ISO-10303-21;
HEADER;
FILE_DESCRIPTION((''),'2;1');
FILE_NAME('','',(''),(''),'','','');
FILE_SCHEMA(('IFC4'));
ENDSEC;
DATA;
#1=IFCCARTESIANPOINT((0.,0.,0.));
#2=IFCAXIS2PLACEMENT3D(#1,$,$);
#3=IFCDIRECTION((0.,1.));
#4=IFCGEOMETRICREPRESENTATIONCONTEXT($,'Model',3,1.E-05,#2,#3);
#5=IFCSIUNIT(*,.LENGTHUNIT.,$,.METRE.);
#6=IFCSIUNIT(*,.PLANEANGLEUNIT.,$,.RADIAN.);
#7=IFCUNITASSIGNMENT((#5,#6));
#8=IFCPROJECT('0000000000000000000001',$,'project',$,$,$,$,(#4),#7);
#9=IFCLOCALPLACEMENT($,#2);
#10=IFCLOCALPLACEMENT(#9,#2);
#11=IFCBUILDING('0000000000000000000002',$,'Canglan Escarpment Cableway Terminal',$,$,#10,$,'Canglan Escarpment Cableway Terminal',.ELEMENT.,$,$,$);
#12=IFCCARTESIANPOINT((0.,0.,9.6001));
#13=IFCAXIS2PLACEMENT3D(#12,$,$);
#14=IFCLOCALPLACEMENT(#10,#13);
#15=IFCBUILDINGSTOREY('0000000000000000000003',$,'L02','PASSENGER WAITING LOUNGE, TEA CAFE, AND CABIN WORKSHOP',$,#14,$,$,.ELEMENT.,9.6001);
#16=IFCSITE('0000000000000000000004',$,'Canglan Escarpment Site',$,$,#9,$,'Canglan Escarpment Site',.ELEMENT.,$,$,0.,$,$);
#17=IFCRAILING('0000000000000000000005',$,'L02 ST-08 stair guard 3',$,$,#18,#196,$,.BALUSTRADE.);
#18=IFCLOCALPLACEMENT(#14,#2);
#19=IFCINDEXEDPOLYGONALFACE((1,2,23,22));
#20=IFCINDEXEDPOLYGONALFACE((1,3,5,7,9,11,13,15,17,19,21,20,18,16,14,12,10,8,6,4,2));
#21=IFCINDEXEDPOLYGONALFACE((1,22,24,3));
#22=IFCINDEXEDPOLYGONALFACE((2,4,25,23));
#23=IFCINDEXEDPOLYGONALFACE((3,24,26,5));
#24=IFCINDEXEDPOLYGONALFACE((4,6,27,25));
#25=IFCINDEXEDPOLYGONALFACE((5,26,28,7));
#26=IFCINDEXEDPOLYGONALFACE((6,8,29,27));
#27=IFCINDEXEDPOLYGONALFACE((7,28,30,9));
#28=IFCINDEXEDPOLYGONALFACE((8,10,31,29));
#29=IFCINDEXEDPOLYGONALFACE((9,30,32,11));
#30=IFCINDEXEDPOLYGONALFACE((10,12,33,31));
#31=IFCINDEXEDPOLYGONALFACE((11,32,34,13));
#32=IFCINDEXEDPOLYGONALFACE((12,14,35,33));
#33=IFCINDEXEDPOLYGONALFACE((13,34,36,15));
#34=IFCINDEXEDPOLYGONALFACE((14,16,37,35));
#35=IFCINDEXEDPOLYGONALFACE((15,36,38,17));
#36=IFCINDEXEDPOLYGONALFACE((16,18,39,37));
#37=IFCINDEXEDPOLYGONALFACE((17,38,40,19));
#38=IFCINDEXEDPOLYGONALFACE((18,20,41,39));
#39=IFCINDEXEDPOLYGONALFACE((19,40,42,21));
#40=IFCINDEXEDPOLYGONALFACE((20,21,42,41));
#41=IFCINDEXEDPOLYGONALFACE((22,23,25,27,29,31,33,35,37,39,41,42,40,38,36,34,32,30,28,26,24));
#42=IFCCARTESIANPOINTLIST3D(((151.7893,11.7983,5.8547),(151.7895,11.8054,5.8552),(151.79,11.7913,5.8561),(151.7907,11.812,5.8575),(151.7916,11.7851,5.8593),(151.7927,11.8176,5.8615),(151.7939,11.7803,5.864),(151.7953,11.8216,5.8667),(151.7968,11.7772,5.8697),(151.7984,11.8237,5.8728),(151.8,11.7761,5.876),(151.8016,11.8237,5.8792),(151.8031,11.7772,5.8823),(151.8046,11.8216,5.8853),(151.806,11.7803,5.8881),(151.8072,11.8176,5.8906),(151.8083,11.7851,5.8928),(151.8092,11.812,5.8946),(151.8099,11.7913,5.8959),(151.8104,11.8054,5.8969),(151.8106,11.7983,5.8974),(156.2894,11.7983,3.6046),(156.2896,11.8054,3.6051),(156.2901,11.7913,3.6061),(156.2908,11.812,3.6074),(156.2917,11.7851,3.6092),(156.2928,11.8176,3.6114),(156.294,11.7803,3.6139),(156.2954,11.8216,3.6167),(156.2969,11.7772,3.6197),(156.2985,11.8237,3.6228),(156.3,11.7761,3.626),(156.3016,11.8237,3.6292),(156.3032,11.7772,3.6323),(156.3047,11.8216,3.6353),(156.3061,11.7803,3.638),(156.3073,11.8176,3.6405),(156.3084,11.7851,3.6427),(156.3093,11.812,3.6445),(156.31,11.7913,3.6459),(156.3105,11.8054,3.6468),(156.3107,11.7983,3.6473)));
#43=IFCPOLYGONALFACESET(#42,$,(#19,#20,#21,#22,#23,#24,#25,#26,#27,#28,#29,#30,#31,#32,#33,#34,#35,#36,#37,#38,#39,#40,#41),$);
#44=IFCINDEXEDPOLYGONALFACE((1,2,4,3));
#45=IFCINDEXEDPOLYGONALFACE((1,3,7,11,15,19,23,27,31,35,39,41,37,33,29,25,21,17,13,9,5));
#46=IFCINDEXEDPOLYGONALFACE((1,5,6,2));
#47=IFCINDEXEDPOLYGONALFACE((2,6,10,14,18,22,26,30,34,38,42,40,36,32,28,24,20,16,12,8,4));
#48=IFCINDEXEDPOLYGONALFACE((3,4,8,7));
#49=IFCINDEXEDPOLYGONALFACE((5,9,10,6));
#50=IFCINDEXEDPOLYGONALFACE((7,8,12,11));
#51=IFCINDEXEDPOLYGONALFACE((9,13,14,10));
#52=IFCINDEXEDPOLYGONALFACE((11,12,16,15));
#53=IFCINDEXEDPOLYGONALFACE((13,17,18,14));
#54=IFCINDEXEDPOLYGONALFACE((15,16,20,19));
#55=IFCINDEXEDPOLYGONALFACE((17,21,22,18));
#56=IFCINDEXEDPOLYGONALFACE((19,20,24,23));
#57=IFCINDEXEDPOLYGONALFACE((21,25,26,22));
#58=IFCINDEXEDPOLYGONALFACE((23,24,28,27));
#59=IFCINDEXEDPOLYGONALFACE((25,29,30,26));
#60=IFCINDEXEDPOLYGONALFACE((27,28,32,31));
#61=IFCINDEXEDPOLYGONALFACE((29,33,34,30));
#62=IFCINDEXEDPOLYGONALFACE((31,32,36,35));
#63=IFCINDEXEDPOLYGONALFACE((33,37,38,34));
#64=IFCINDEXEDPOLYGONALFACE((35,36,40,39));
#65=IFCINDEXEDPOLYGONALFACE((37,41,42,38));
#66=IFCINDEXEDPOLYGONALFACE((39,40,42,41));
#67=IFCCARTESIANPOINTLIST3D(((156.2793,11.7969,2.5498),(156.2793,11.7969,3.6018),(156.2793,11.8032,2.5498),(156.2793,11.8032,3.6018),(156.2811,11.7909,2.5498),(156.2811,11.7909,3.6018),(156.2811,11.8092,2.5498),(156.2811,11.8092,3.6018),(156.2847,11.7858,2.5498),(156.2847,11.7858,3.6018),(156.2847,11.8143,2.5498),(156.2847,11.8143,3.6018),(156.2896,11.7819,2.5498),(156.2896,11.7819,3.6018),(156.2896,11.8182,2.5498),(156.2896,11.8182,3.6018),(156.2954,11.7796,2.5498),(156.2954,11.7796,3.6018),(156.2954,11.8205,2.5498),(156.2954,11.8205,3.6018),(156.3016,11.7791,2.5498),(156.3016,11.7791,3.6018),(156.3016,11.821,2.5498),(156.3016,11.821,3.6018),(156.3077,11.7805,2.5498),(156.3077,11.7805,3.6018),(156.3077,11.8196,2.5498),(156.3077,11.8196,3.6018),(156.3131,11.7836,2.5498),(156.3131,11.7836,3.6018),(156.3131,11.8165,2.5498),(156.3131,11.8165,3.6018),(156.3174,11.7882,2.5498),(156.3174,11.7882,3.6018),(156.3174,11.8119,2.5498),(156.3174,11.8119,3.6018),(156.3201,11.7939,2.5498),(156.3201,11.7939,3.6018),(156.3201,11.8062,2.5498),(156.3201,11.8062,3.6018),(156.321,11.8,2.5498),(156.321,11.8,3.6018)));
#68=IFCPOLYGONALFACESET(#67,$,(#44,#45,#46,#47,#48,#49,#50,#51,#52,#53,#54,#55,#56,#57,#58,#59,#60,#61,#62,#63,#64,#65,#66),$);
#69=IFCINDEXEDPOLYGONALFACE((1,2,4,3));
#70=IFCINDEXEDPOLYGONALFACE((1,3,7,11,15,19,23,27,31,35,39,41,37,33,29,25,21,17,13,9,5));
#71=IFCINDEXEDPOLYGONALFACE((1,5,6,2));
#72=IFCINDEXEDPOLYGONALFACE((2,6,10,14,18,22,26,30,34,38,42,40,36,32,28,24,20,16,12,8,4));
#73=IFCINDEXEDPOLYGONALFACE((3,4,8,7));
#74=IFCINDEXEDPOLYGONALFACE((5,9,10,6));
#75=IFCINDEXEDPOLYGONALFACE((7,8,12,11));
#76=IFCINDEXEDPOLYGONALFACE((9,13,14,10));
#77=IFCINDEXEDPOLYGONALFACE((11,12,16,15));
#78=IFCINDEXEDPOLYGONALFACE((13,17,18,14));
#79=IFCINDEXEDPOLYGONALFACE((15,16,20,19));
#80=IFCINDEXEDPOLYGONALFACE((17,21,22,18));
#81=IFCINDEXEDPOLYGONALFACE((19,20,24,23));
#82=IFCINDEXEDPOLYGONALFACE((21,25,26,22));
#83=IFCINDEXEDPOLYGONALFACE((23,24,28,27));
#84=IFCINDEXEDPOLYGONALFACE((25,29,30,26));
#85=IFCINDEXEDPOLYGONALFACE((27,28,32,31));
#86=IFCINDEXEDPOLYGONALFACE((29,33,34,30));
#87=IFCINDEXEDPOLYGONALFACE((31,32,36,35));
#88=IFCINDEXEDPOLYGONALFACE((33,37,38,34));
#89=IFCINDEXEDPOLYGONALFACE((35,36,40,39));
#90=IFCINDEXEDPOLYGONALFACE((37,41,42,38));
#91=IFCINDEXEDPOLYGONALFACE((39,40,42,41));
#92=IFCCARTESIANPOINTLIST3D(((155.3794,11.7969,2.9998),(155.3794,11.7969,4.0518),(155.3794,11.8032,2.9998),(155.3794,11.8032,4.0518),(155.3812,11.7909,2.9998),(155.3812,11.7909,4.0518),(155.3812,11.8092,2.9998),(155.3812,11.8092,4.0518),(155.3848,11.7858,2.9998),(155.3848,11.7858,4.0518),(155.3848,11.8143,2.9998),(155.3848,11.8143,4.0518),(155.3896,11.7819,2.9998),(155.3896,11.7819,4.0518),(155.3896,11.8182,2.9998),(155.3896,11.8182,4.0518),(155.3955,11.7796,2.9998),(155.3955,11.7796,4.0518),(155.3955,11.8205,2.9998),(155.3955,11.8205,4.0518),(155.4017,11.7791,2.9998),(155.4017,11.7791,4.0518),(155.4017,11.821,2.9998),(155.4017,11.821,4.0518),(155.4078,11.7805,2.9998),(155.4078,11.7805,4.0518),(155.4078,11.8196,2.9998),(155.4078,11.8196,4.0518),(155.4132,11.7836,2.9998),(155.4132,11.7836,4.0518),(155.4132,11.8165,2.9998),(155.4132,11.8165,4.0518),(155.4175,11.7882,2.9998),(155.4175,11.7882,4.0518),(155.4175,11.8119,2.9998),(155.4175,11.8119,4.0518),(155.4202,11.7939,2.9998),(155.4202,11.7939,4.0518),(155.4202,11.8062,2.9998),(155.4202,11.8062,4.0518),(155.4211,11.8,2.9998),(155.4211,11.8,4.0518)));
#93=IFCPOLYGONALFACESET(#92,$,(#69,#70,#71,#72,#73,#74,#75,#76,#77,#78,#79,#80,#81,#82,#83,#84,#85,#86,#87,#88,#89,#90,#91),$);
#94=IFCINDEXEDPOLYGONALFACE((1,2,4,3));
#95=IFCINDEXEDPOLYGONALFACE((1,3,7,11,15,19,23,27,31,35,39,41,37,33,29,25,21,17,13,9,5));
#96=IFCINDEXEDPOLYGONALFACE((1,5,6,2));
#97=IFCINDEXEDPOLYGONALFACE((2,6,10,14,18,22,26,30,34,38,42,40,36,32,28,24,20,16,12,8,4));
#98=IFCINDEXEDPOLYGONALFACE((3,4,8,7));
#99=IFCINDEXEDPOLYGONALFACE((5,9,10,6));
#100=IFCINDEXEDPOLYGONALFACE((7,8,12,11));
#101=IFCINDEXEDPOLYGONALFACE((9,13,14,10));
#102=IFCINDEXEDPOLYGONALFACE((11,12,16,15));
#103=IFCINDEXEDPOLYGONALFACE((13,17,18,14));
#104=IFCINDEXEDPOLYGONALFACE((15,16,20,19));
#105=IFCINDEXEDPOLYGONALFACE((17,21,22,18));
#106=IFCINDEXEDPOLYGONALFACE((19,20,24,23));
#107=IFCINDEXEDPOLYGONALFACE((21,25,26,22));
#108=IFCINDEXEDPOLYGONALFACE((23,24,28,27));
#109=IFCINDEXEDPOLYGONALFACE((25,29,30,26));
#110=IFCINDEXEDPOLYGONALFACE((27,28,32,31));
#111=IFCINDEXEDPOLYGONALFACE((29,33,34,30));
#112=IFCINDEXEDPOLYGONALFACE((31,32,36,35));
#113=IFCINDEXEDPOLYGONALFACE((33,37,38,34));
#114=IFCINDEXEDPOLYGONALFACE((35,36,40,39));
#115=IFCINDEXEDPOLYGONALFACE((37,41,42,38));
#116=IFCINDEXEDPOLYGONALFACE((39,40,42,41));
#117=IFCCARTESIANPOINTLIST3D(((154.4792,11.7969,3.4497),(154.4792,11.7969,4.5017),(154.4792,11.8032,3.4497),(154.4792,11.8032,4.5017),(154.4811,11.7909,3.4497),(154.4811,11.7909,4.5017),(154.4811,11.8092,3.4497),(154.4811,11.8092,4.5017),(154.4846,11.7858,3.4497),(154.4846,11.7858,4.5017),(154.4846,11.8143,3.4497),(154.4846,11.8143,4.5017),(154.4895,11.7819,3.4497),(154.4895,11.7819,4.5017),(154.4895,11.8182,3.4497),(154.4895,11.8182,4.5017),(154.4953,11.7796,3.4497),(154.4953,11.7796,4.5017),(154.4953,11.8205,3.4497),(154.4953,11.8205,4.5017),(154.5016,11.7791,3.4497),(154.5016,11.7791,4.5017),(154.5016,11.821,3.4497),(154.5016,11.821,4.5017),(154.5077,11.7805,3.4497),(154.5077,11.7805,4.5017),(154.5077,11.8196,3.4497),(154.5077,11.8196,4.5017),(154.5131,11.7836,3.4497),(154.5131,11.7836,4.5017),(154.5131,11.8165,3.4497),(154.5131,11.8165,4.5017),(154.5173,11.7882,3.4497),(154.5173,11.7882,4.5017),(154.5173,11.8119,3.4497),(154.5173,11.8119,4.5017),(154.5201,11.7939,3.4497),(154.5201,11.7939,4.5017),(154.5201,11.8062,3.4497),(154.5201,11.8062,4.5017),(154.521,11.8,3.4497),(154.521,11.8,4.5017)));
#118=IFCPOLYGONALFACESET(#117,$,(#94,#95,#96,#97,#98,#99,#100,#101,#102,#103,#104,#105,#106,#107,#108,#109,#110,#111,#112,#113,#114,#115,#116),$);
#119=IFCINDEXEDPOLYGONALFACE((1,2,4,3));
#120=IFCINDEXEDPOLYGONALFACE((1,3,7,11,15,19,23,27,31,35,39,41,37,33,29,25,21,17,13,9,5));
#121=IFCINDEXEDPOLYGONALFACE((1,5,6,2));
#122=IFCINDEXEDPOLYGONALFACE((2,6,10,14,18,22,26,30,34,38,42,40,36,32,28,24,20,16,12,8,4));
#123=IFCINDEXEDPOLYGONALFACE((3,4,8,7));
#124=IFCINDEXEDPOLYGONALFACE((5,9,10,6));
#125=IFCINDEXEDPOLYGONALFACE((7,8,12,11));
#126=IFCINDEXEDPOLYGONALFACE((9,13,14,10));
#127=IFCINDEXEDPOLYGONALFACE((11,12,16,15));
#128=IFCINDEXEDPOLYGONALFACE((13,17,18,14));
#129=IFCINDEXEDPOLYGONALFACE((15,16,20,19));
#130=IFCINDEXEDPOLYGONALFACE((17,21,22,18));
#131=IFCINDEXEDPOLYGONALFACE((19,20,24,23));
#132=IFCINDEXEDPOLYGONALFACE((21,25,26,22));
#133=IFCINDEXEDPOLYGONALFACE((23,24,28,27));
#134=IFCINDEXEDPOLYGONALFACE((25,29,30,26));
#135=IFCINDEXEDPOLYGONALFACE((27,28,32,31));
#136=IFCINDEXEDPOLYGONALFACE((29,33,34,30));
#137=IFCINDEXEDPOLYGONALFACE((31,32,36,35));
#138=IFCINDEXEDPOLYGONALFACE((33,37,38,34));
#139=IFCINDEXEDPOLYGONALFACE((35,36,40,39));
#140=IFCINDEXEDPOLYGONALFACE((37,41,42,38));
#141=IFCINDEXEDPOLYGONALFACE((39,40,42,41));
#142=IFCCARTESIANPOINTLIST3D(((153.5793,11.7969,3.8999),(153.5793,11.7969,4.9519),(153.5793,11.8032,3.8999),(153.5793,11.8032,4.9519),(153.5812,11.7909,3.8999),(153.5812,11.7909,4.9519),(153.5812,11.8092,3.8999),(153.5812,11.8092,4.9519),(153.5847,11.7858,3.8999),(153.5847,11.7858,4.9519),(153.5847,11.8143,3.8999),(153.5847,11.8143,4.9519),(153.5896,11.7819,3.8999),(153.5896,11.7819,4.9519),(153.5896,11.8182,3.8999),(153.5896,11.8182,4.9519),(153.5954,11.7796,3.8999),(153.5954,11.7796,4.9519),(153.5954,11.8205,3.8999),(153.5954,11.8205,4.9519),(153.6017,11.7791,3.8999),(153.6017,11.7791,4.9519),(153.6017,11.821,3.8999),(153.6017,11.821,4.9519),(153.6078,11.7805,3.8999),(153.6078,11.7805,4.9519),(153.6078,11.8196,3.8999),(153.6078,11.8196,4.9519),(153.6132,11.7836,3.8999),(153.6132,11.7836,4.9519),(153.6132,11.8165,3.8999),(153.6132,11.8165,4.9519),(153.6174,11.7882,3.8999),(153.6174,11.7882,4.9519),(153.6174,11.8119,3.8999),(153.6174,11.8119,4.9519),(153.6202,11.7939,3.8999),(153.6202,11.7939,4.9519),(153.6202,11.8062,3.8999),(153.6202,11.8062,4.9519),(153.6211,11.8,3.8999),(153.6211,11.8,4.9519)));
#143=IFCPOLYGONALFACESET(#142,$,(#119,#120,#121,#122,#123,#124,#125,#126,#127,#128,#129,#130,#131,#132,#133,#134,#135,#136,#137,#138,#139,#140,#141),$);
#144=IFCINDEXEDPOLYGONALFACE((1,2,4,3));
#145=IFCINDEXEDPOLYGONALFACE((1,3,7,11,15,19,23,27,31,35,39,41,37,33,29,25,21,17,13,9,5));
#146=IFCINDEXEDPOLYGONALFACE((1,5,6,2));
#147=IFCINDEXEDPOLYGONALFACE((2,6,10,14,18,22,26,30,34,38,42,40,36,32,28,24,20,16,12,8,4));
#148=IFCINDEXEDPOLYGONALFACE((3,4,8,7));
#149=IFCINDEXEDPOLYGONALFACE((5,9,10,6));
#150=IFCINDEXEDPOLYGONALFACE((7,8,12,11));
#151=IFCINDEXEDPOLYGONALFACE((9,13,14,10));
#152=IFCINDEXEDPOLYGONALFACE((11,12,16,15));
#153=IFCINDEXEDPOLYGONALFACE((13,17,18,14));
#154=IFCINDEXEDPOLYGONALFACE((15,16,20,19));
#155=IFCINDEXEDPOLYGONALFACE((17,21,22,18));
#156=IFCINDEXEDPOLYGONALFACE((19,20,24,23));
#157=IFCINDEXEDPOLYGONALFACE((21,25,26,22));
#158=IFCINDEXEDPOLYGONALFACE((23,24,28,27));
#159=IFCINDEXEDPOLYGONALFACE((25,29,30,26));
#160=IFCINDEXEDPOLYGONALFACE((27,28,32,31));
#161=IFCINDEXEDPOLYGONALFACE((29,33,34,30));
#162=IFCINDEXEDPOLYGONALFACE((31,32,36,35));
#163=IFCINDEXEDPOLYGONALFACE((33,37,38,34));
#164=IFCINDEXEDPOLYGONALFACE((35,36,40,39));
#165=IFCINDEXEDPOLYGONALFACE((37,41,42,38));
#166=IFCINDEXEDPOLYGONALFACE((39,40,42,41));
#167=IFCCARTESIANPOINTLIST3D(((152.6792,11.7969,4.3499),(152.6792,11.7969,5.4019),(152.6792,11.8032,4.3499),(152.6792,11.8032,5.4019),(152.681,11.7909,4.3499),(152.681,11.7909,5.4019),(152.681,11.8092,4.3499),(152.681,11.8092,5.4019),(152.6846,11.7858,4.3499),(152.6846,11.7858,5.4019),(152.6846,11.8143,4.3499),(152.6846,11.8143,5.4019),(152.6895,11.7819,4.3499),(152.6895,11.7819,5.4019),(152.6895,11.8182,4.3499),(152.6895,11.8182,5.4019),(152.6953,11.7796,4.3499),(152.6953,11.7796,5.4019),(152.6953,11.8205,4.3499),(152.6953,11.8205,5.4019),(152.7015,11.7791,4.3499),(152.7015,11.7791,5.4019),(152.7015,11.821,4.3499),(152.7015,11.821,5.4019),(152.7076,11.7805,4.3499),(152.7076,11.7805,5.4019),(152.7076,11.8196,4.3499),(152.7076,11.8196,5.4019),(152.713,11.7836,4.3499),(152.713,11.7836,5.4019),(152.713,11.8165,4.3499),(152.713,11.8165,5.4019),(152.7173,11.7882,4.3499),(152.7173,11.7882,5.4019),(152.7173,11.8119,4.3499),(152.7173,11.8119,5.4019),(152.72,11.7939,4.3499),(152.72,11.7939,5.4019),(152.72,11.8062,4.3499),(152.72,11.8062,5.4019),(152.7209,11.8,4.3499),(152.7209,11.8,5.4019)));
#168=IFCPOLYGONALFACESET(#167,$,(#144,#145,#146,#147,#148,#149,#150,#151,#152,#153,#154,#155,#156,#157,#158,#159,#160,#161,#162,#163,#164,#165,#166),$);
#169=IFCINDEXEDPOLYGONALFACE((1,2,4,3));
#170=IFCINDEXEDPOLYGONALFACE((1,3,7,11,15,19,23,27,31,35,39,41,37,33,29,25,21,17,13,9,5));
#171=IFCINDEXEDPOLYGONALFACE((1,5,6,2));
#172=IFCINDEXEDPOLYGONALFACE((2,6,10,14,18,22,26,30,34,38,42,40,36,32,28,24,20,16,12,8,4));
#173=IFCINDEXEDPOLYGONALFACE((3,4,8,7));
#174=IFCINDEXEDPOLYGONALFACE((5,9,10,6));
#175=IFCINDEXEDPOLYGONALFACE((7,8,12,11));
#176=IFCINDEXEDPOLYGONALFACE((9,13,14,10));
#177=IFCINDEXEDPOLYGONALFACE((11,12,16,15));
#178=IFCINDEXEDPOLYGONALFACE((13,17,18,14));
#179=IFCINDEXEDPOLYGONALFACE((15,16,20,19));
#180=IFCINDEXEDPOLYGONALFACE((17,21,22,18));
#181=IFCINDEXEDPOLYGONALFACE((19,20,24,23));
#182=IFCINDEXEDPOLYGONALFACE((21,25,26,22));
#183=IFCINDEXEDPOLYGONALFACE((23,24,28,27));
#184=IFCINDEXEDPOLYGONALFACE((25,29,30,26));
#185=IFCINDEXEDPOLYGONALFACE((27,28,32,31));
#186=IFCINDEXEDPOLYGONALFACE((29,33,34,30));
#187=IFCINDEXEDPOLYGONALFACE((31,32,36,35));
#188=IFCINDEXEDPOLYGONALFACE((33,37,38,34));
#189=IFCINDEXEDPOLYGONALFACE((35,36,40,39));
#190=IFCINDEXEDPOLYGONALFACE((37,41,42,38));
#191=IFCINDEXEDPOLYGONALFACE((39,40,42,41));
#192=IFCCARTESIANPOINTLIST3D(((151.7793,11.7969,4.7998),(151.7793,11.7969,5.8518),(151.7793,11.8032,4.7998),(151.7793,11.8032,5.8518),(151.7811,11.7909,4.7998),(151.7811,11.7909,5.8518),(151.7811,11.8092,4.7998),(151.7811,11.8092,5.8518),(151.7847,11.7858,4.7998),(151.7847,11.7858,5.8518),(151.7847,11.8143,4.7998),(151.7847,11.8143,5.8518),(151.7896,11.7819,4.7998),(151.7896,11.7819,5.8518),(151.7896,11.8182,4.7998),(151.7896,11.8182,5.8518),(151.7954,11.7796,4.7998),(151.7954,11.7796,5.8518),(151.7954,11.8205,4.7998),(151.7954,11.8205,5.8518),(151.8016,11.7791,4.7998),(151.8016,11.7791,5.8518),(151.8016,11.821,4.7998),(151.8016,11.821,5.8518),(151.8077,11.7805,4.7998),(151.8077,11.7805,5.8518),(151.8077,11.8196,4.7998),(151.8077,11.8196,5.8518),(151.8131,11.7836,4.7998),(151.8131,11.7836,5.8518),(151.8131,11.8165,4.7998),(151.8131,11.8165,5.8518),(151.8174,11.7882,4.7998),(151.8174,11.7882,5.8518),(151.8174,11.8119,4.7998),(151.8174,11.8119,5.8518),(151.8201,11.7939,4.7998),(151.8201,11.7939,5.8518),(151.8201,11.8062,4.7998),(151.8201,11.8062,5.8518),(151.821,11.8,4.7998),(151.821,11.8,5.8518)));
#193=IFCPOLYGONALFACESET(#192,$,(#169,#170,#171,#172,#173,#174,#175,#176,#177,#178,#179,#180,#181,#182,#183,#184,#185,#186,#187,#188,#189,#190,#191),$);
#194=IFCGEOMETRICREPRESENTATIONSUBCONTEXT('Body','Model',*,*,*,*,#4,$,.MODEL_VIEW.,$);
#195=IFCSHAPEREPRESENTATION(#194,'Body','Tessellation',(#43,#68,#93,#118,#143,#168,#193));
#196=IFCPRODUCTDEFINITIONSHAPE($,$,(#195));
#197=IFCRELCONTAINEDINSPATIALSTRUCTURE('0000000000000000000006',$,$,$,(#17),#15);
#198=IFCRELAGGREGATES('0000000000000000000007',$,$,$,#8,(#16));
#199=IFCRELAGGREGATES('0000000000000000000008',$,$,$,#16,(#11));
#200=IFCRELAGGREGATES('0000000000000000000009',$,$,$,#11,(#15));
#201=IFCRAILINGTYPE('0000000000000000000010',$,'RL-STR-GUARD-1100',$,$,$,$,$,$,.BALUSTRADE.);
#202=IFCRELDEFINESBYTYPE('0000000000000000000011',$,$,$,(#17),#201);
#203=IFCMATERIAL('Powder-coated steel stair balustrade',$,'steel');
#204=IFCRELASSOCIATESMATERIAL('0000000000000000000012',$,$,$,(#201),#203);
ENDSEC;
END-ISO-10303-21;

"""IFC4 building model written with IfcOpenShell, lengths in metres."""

from ifc_helpers import new_model, si_unit, direction, frame, origin, origin_2d, place, context, subcontext, project, spatial, circle, extrude, material, type_object, element, save


model = new_model("IFC4")

# Units and contexts
model_context = context("Model", 3, precision=1e-05, world=origin(), true_north=direction((0.0, 1.0)))
body_context = subcontext(model_context, "Body", "Model", "MODEL_VIEW")
ifc_project = project(units=[si_unit("LENGTHUNIT", "METRE"), si_unit("PLANEANGLEUNIT", "RADIAN")], contexts=[model_context])

# Site, building, storey
site_placement = place(None, origin())
site = spatial("IfcSite", under=ifc_project, at=site_placement, Name="Canglan Escarpment Site", LongName="Canglan Escarpment Site", CompositionType="ELEMENT", RefElevation=0.0)
building_placement = place(site_placement, origin())
building = spatial("IfcBuilding", under=site, at=building_placement, Name="Canglan Escarpment Cableway Terminal", LongName="Canglan Escarpment Cableway Terminal", CompositionType="ELEMENT")
storey_placement = place(building_placement, frame((0.0, 0.0, 9.6001)))
storey = spatial("IfcBuildingStorey", under=building, at=storey_placement, Name="L02", Description="PASSENGER WAITING LOUNGE, TEA CAFE, AND CABIN WORKSHOP", CompositionType="ELEMENT", Elevation=9.6001)

# Railing
ifc_material_1 = material(Name="Powder-coated steel stair balustrade", Category="steel")
railing_type_1 = type_object("IfcRailingType", Name="RL-STR-GUARD-1100", PredefinedType="BALUSTRADE", material=ifc_material_1)
railing_1_placement = place(storey_placement, frame((156.3, 11.8, 2.5498)))
element("IfcRailing", 1, at=railing_1_placement, inside=storey, type_object=railing_type_1, Name="L02 ST-08 stair guard 3", PredefinedType="BALUSTRADE", context=body_context, shape_type="SweptSolid", body=[
    extrude(circle(Radius=0.0239, at=origin_2d()), frame((0.0, 0.0, 1.0762), z_axis=(-0.894427, 0.0, 0.447214), x_axis=(0.0, -1.0, 0.0)), (0.0, 0.0, 1.0), 5.0312),
    extrude(circle(Radius=0.021, at=origin_2d()), origin(), (0.0, 0.0, 1.0), 1.052),
    extrude(circle(Radius=0.021, at=origin_2d()), frame((-0.8999, 0.0, 0.45)), (0.0, 0.0, 1.0), 1.052),
    extrude(circle(Radius=0.021, at=origin_2d()), frame((-1.8, 0.0, 0.8999)), (0.0, 0.0, 1.0), 1.052),
    extrude(circle(Radius=0.021, at=origin_2d()), frame((-2.7, 0.0, 1.3501)), (0.0, 0.0, 1.0), 1.052),
    extrude(circle(Radius=0.021, at=origin_2d()), frame((-3.6001, 0.0, 1.8)), (0.0, 0.0, 1.0), 1.052),
    extrude(circle(Radius=0.021, at=origin_2d()), frame((-4.5, 0.0, 2.25)), (0.0, 0.0, 1.0), 1.052),
])

save(model, "model.ifc")
